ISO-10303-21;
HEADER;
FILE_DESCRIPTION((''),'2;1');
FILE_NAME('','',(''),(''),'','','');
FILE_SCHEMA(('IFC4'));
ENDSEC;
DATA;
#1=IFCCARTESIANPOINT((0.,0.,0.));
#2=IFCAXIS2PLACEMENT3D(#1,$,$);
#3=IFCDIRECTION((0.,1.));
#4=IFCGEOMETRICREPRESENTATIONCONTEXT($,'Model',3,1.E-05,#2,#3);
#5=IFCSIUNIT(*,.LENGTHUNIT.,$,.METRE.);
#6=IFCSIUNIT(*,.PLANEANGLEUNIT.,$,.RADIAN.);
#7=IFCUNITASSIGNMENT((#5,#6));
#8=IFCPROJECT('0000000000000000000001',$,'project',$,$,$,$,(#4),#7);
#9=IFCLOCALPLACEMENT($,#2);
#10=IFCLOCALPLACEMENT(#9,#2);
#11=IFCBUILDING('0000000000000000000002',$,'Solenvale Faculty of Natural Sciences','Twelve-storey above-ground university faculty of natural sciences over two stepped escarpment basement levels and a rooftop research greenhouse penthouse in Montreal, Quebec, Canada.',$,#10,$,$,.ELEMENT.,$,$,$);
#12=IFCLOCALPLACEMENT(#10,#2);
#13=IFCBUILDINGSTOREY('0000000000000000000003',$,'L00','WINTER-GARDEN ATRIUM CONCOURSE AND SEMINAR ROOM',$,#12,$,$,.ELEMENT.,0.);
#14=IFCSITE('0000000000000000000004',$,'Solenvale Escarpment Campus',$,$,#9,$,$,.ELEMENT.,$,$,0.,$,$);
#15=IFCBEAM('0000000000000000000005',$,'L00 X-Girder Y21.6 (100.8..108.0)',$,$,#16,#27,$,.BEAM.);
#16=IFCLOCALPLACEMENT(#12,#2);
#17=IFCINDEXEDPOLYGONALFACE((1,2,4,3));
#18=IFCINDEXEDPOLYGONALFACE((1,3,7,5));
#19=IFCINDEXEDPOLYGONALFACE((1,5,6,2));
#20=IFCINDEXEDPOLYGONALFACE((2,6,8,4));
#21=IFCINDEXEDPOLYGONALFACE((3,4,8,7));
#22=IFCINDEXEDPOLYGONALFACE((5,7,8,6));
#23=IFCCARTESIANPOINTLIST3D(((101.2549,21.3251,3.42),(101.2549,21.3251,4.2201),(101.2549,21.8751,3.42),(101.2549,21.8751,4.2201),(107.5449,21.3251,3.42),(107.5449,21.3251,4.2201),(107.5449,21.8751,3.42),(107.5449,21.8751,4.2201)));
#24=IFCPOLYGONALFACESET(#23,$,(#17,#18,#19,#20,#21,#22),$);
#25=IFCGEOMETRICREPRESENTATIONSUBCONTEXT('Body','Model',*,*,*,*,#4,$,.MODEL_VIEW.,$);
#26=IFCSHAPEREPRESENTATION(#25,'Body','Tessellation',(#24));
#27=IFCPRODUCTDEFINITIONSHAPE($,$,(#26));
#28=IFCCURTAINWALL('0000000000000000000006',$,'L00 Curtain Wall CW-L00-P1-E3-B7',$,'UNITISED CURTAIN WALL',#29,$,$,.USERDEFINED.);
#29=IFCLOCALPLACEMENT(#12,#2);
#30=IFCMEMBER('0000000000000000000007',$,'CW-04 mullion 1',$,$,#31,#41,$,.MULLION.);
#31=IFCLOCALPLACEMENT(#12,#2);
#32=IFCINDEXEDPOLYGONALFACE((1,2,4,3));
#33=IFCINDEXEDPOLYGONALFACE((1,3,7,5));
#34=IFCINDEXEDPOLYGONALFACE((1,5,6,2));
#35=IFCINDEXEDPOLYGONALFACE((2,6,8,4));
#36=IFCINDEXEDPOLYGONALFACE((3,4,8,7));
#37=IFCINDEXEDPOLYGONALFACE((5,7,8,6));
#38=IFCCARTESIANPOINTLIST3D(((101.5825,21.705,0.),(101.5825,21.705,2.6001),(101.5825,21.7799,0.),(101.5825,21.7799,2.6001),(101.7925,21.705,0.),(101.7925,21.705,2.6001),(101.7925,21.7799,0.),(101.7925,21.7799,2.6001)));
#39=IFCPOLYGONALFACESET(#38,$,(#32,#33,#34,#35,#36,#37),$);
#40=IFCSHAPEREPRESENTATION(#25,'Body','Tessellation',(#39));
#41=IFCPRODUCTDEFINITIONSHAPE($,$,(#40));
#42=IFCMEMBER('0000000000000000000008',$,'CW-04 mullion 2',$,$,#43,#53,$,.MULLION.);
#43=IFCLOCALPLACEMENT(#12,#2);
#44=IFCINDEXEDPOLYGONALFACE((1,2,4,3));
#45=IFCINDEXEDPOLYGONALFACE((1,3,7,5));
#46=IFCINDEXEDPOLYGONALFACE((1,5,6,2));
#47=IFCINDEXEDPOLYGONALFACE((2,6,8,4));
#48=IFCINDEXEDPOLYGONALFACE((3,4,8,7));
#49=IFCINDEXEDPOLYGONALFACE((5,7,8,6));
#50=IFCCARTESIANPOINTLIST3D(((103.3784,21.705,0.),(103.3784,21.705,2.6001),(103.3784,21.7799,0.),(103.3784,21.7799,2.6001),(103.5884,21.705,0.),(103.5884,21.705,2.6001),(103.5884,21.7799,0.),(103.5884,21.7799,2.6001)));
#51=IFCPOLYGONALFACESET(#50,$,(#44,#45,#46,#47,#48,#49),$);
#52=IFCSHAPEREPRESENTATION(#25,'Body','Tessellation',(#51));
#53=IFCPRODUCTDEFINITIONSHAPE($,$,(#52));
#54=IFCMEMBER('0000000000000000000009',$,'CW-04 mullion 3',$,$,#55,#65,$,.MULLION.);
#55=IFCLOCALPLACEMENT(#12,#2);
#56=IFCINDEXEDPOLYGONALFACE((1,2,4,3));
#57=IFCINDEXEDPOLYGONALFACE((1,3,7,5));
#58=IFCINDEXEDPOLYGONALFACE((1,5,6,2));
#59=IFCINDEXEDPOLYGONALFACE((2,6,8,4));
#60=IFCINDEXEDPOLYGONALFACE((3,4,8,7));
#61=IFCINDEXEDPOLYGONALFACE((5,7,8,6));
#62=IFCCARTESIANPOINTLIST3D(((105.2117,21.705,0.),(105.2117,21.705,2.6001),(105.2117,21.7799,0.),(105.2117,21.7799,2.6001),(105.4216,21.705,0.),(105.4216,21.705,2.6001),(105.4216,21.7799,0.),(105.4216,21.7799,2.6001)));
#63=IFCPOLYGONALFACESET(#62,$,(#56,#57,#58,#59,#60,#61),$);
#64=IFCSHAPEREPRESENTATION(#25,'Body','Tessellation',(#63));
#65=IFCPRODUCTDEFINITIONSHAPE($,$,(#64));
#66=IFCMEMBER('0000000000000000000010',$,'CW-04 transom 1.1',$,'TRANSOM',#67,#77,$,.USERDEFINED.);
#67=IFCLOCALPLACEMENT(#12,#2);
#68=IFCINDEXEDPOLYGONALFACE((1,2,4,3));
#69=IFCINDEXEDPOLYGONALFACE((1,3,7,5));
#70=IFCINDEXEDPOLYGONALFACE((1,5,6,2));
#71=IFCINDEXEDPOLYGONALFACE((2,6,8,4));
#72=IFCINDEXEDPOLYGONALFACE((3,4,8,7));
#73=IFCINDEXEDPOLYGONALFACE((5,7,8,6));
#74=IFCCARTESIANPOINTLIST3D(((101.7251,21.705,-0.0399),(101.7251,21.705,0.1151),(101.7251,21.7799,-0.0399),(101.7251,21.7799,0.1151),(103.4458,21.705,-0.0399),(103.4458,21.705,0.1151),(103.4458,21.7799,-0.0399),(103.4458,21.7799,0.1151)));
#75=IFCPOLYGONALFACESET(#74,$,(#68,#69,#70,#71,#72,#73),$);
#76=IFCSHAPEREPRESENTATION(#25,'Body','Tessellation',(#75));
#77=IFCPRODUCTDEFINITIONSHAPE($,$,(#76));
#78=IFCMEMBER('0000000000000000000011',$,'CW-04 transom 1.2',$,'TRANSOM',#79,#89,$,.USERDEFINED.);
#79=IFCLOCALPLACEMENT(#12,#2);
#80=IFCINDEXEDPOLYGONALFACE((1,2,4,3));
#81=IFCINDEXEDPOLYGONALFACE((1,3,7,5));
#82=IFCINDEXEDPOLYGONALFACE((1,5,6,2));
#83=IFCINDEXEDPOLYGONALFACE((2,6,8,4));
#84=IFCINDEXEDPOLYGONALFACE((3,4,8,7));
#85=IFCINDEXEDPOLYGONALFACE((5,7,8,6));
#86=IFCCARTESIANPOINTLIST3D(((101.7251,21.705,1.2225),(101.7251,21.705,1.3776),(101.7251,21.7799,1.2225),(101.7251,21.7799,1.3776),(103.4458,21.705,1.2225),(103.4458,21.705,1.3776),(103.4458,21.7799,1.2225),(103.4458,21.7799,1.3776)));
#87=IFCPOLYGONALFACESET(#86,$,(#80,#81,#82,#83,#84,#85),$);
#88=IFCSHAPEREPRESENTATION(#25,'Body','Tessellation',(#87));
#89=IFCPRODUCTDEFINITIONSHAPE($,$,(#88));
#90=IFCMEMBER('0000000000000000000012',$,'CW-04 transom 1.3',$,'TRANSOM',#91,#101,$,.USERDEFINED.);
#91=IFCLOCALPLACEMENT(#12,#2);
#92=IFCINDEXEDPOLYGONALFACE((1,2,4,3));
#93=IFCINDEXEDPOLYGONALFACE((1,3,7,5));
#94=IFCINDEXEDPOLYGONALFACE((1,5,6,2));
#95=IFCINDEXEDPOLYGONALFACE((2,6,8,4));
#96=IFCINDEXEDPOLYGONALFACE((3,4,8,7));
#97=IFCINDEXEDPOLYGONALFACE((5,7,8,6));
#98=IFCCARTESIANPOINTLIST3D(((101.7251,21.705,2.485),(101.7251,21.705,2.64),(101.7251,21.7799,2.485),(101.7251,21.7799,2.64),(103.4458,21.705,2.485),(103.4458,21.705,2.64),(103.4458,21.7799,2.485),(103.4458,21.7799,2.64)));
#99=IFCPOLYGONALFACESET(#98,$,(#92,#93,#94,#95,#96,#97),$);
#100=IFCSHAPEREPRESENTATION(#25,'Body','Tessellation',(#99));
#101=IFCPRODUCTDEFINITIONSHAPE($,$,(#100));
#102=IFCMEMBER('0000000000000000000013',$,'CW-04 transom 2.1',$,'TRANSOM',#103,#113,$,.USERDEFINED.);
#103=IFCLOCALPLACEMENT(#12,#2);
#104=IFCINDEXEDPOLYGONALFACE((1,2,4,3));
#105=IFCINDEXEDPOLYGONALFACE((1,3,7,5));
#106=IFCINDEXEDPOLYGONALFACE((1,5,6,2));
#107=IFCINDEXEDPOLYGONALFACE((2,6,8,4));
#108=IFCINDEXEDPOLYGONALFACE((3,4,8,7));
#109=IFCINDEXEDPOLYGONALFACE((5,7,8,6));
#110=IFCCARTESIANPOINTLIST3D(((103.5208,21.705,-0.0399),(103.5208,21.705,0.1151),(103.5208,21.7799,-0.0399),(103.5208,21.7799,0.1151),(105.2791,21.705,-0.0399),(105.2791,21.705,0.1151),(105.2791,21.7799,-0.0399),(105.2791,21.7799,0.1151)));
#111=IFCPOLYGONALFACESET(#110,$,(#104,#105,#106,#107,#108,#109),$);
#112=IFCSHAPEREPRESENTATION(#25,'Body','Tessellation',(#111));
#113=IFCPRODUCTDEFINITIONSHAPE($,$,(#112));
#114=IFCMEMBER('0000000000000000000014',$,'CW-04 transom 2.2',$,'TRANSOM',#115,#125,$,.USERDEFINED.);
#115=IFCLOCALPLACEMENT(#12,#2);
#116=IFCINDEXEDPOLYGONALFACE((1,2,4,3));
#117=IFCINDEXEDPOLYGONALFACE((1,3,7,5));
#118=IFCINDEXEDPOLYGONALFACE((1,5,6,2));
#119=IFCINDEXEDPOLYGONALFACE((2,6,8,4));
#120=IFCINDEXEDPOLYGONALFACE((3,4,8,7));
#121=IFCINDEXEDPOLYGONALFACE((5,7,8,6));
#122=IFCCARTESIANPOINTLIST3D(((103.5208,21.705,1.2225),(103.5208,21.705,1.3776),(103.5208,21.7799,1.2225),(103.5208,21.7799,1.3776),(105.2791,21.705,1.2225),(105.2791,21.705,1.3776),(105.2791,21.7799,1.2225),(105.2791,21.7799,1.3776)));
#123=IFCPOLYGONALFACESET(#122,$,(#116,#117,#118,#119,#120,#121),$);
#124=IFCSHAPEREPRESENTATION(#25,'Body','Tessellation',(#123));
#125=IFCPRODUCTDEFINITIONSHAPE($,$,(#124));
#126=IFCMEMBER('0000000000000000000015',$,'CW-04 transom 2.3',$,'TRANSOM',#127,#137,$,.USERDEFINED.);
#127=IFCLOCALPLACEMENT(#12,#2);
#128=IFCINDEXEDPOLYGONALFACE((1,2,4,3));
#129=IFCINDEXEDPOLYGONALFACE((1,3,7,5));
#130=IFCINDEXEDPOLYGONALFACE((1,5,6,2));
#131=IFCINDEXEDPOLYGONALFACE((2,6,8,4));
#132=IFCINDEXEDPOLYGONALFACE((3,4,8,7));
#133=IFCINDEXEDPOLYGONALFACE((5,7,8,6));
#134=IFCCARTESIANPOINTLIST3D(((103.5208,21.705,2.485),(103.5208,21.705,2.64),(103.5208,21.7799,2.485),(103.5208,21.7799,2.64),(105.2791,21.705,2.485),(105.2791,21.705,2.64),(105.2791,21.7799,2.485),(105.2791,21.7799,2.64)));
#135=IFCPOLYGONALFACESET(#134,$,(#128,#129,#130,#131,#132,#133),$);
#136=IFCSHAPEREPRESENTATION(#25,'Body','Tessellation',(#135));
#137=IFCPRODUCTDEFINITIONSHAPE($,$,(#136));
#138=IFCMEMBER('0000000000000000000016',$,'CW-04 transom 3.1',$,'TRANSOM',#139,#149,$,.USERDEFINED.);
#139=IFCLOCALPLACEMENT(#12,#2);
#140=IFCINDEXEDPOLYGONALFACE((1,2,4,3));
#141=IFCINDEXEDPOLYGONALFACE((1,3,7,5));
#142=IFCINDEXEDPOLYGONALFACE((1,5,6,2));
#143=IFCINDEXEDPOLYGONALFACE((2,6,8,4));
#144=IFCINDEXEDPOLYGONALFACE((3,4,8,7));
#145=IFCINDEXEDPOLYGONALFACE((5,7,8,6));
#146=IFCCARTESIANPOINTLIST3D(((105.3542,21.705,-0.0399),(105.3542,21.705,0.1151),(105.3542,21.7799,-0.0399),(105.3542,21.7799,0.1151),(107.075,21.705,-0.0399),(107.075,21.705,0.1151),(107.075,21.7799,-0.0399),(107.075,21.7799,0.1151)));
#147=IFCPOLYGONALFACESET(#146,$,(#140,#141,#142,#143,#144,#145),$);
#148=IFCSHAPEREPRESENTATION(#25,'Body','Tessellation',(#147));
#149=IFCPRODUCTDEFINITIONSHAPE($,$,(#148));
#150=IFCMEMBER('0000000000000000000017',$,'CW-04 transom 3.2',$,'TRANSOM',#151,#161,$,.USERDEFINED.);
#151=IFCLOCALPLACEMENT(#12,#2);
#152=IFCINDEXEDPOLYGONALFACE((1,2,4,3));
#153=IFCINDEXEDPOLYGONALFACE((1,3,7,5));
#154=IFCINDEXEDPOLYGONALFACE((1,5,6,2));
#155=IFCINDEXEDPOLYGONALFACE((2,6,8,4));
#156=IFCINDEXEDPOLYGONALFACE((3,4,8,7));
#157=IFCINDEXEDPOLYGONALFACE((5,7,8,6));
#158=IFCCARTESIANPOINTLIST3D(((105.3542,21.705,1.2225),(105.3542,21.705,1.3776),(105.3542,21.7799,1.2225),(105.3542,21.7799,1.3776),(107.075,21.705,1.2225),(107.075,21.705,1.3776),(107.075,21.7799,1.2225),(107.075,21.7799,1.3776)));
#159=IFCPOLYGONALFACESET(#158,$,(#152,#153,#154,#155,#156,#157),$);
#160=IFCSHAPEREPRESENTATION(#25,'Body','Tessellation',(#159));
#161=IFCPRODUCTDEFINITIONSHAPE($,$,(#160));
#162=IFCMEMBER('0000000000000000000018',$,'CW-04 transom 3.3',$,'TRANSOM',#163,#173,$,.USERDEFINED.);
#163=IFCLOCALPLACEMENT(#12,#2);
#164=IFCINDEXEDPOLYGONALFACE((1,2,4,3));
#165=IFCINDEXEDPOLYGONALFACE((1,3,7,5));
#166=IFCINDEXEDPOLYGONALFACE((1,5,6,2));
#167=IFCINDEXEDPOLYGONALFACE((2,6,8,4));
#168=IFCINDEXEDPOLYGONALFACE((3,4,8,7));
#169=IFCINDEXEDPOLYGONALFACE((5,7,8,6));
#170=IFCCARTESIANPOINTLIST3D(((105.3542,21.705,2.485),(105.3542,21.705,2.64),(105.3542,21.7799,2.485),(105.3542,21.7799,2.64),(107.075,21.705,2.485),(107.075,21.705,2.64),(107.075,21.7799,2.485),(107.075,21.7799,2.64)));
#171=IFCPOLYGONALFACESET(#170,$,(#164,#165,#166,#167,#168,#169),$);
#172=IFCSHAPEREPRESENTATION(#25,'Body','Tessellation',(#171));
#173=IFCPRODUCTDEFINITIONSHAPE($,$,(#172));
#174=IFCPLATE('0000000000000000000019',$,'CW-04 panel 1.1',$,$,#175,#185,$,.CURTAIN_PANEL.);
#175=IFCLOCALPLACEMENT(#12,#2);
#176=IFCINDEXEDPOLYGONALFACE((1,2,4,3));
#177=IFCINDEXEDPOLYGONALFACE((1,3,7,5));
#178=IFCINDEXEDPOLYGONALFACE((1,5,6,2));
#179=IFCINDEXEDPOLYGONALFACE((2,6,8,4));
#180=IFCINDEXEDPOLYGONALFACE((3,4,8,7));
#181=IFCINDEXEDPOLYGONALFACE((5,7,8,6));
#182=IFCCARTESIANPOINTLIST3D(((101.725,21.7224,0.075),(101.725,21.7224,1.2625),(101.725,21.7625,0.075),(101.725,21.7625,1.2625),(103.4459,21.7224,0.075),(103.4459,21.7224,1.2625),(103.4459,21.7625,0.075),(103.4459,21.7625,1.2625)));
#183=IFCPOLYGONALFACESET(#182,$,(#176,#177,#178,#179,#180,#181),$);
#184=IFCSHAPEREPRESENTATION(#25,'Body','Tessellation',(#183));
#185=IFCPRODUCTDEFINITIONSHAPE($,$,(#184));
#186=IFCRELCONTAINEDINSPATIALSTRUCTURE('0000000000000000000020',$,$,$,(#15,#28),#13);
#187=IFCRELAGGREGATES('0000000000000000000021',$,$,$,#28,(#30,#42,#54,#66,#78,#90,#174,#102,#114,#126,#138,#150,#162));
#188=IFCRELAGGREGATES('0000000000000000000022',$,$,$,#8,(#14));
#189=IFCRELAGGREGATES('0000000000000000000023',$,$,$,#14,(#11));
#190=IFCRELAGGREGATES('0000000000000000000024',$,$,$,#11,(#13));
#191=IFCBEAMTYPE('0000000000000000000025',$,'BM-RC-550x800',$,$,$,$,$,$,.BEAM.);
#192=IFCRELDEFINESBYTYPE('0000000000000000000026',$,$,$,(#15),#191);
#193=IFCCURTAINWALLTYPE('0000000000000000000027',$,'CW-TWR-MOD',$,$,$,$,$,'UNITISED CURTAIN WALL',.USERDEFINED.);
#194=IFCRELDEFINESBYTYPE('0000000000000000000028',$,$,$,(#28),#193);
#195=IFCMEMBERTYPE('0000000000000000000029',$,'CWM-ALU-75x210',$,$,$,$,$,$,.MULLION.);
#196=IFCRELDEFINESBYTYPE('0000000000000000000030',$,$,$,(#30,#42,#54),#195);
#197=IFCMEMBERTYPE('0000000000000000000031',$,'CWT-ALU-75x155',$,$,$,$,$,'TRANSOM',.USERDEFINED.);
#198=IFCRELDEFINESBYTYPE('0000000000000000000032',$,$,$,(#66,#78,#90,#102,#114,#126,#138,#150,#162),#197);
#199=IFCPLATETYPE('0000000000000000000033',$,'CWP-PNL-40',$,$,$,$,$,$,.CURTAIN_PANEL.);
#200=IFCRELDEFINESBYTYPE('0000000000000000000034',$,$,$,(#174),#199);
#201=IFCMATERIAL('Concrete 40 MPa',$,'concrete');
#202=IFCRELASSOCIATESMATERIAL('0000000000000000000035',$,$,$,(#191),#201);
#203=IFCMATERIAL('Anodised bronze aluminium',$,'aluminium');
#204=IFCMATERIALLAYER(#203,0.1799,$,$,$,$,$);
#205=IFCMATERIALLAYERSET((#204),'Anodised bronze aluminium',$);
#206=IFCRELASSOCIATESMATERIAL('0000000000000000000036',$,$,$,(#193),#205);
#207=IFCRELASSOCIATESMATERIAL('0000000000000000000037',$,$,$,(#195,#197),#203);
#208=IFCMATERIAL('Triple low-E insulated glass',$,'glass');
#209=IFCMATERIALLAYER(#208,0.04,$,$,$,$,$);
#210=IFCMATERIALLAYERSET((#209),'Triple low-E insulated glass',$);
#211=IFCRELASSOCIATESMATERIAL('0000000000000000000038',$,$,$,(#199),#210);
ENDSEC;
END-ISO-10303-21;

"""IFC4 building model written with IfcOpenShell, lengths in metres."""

from ifc_helpers import new_model, si_unit, direction, frame, origin, origin_2d, place, context, subcontext, project, spatial, rectangle, extrude, material, layer, layer_set, material_profile, profile_set, type_object, element, aggregate, save


model = new_model("IFC4")

# Units and contexts
model_context = context("Model", 3, precision=1e-05, world=origin(), true_north=direction((0.0, 1.0)))
body_context = subcontext(model_context, "Body", "Model", "MODEL_VIEW")
ifc_project = project(units=[si_unit("LENGTHUNIT", "METRE"), si_unit("PLANEANGLEUNIT", "RADIAN")], contexts=[model_context])

# Site, building, storey
site_placement = place(None, origin())
site = spatial("IfcSite", under=ifc_project, at=site_placement, Name="Solenvale Escarpment Campus", CompositionType="ELEMENT", RefElevation=0.0)
building_placement = place(site_placement, origin())
building = spatial("IfcBuilding", under=site, at=building_placement, Name="Solenvale Faculty of Natural Sciences", Description="Twelve-storey above-ground university faculty of natural sciences over two stepped escarpment basement levels and a rooftop research greenhouse penthouse in Montreal, Quebec, Canada.", CompositionType="ELEMENT")
storey_placement = place(building_placement, origin())
storey = spatial("IfcBuildingStorey", under=building, at=storey_placement, Name="L00", Description="WINTER-GARDEN ATRIUM CONCOURSE AND SEMINAR ROOM", CompositionType="ELEMENT", Elevation=0.0)

# Beam
ifc_material_1 = material(Name="Concrete 40 MPa", Category="concrete")
ifc_material_profile_1 = material_profile(ifc_material_1, rectangle(XDim=0.55, YDim=0.8, at=origin_2d()), Name="RC-BM-550x800")
ifc_profile_set_1 = profile_set([ifc_material_profile_1], Name="Concrete 40 MPa")
beam_type = type_object("IfcBeamType", Name="BM-RC-550x800", PredefinedType="BEAM", material=ifc_profile_set_1)
beam_placement = place(storey_placement, frame((101.2549, 21.6001, 3.8201), z_axis=(1.0, 0.0, 0.0), x_axis=(0.0, 1.0, 0.0)))
element("IfcBeam", 1, at=beam_placement, inside=storey, type_object=beam_type, Name="L00 X-Girder Y21.6 (100.8..108.0)", PredefinedType="BEAM", context=body_context, shape_type="SweptSolid", body=[
    extrude(rectangle(XDim=0.55, YDim=0.8, at=origin_2d()), origin(), (0.0, 0.0, 1.0), 6.29),
])

# Curtain wall, members, plate
ifc_material_2 = material(Name="Anodised bronze aluminium", Category="aluminium")
ifc_layer_1 = layer(ifc_material_2, 0.1799)
ifc_layer_set_1 = layer_set([ifc_layer_1], Name="Anodised bronze aluminium")
curtain_wall_type = type_object("IfcCurtainWallType", Name="CW-TWR-MOD", ElementType="UNITISED CURTAIN WALL", PredefinedType="USERDEFINED", material=ifc_layer_set_1)
curtain_wall_placement = place(storey_placement, origin())
curtain_wall = element("IfcCurtainWall", 2, at=curtain_wall_placement, inside=storey, type_object=curtain_wall_type, Name="L00 Curtain Wall CW-L00-P1-E3-B7", ObjectType="UNITISED CURTAIN WALL", PredefinedType="USERDEFINED")
ifc_material_profile_2 = material_profile(ifc_material_2, rectangle(XDim=0.075, YDim=0.21, at=origin_2d()), Name="ALU-MUL-75x210")
ifc_profile_set_2 = profile_set([ifc_material_profile_2], Name="Anodised bronze aluminium")
member_type_1 = type_object("IfcMemberType", Name="CWM-ALU-75x210", PredefinedType="MULLION", material=ifc_profile_set_2)
member_1_placement = place(storey_placement, frame((101.6875, 21.7424, 0.0), z_axis=(0.0, 0.0, 1.0), x_axis=(0.0, 1.0, 0.0)))
member_1 = element("IfcMember", 3, at=member_1_placement, type_object=member_type_1, Name="CW-04 mullion 1", PredefinedType="MULLION", context=body_context, shape_type="SweptSolid", body=[
    extrude(rectangle(XDim=0.075, YDim=0.21, at=origin_2d()), origin(), (0.0, 0.0, 1.0), 2.6001),
])
member_2_placement = place(storey_placement, frame((103.4834, 21.7424, 0.0), z_axis=(0.0, 0.0, 1.0), x_axis=(0.0, 1.0, 0.0)))
member_2 = element("IfcMember", 4, at=member_2_placement, type_object=member_type_1, Name="CW-04 mullion 2", PredefinedType="MULLION", context=body_context, shape_type="SweptSolid", body=[
    extrude(rectangle(XDim=0.075, YDim=0.21, at=origin_2d()), origin(), (0.0, 0.0, 1.0), 2.6001),
])
member_3_placement = place(storey_placement, frame((105.3167, 21.7424, 0.0), z_axis=(0.0, 0.0, 1.0), x_axis=(0.0, 1.0, 0.0)))
member_3 = element("IfcMember", 5, at=member_3_placement, type_object=member_type_1, Name="CW-04 mullion 3", PredefinedType="MULLION", context=body_context, shape_type="SweptSolid", body=[
    extrude(rectangle(XDim=0.075, YDim=0.21, at=origin_2d()), origin(), (0.0, 0.0, 1.0), 2.6001),
])
ifc_material_profile_3 = material_profile(ifc_material_2, rectangle(XDim=0.075, YDim=0.155, at=origin_2d()), Name="ALU-TRN-75x155")
ifc_profile_set_3 = profile_set([ifc_material_profile_3], Name="Anodised bronze aluminium")
member_type_2 = type_object("IfcMemberType", Name="CWT-ALU-75x155", ElementType="TRANSOM", PredefinedType="USERDEFINED", material=ifc_profile_set_3)
member_4_placement = place(storey_placement, frame((101.7251, 21.7424, 0.0376), z_axis=(1.0, 0.0, 0.0), x_axis=(0.0, 1.0, 0.0)))
member_4 = element("IfcMember", 6, at=member_4_placement, type_object=member_type_2, Name="CW-04 transom 1.1", ObjectType="TRANSOM", PredefinedType="USERDEFINED", context=body_context, shape_type="SweptSolid", body=[
    extrude(rectangle(XDim=0.075, YDim=0.155, at=origin_2d()), origin(), (0.0, 0.0, 1.0), 1.7207),
])
member_5_placement = place(storey_placement, frame((101.7251, 21.7424, 1.3), z_axis=(1.0, 0.0, 0.0), x_axis=(0.0, 1.0, 0.0)))
member_5 = element("IfcMember", 7, at=member_5_placement, type_object=member_type_2, Name="CW-04 transom 1.2", ObjectType="TRANSOM", PredefinedType="USERDEFINED", context=body_context, shape_type="SweptSolid", body=[
    extrude(rectangle(XDim=0.075, YDim=0.155, at=origin_2d()), origin(), (0.0, 0.0, 1.0), 1.7207),
])
member_6_placement = place(storey_placement, frame((101.7251, 21.7424, 2.5625), z_axis=(1.0, 0.0, 0.0), x_axis=(0.0, 1.0, 0.0)))
member_6 = element("IfcMember", 8, at=member_6_placement, type_object=member_type_2, Name="CW-04 transom 1.3", ObjectType="TRANSOM", PredefinedType="USERDEFINED", context=body_context, shape_type="SweptSolid", body=[
    extrude(rectangle(XDim=0.075, YDim=0.155, at=origin_2d()), origin(), (0.0, 0.0, 1.0), 1.7207),
])
member_7_placement = place(storey_placement, frame((103.5208, 21.7424, 0.0376), z_axis=(1.0, 0.0, 0.0), x_axis=(0.0, 1.0, 0.0)))
member_7 = element("IfcMember", 9, at=member_7_placement, type_object=member_type_2, Name="CW-04 transom 2.1", ObjectType="TRANSOM", PredefinedType="USERDEFINED", context=body_context, shape_type="SweptSolid", body=[
    extrude(rectangle(XDim=0.075, YDim=0.155, at=origin_2d()), origin(), (0.0, 0.0, 1.0), 1.7583),
])
member_8_placement = place(storey_placement, frame((103.5208, 21.7424, 1.3), z_axis=(1.0, 0.0, 0.0), x_axis=(0.0, 1.0, 0.0)))
member_8 = element("IfcMember", 10, at=member_8_placement, type_object=member_type_2, Name="CW-04 transom 2.2", ObjectType="TRANSOM", PredefinedType="USERDEFINED", context=body_context, shape_type="SweptSolid", body=[
    extrude(rectangle(XDim=0.075, YDim=0.155, at=origin_2d()), origin(), (0.0, 0.0, 1.0), 1.7583),
])
member_9_placement = place(storey_placement, frame((103.5208, 21.7424, 2.5625), z_axis=(1.0, 0.0, 0.0), x_axis=(0.0, 1.0, 0.0)))
member_9 = element("IfcMember", 11, at=member_9_placement, type_object=member_type_2, Name="CW-04 transom 2.3", ObjectType="TRANSOM", PredefinedType="USERDEFINED", context=body_context, shape_type="SweptSolid", body=[
    extrude(rectangle(XDim=0.075, YDim=0.155, at=origin_2d()), origin(), (0.0, 0.0, 1.0), 1.7583),
])
member_10_placement = place(storey_placement, frame((105.3542, 21.7424, 0.0376), z_axis=(1.0, 0.0, 0.0), x_axis=(0.0, 1.0, 0.0)))
member_10 = element("IfcMember", 12, at=member_10_placement, type_object=member_type_2, Name="CW-04 transom 3.1", ObjectType="TRANSOM", PredefinedType="USERDEFINED", context=body_context, shape_type="SweptSolid", body=[
    extrude(rectangle(XDim=0.075, YDim=0.155, at=origin_2d()), origin(), (0.0, 0.0, 1.0), 1.7207),
])
member_11_placement = place(storey_placement, frame((105.3542, 21.7424, 1.3), z_axis=(1.0, 0.0, 0.0), x_axis=(0.0, 1.0, 0.0)))
member_11 = element("IfcMember", 13, at=member_11_placement, type_object=member_type_2, Name="CW-04 transom 3.2", ObjectType="TRANSOM", PredefinedType="USERDEFINED", context=body_context, shape_type="SweptSolid", body=[
    extrude(rectangle(XDim=0.075, YDim=0.155, at=origin_2d()), origin(), (0.0, 0.0, 1.0), 1.7207),
])
member_12_placement = place(storey_placement, frame((105.3542, 21.7424, 2.5625), z_axis=(1.0, 0.0, 0.0), x_axis=(0.0, 1.0, 0.0)))
member_12 = element("IfcMember", 14, at=member_12_placement, type_object=member_type_2, Name="CW-04 transom 3.3", ObjectType="TRANSOM", PredefinedType="USERDEFINED", context=body_context, shape_type="SweptSolid", body=[
    extrude(rectangle(XDim=0.075, YDim=0.155, at=origin_2d()), origin(), (0.0, 0.0, 1.0), 1.7207),
])
ifc_material_3 = material(Name="Triple low-E insulated glass", Category="glass")
ifc_layer_2 = layer(ifc_material_3, 0.04)
ifc_layer_set_2 = layer_set([ifc_layer_2], Name="Triple low-E insulated glass")
plate_type = type_object("IfcPlateType", Name="CWP-PNL-40", PredefinedType="CURTAIN_PANEL", material=ifc_layer_set_2)
plate_1_placement = place(storey_placement, frame((102.5854, 21.7424, 0.075), z_axis=(0.0, 0.0, 1.0), x_axis=(1.0, 0.0, 0.0)))
plate_1 = element("IfcPlate", 15, at=plate_1_placement, type_object=plate_type, Name="CW-04 panel 1.1", PredefinedType="CURTAIN_PANEL", context=body_context, shape_type="SweptSolid", body=[
    extrude(rectangle(XDim=1.7209, YDim=0.04, at=origin_2d()), origin(), (0.0, 0.0, 1.0), 1.1875),
])
aggregate(curtain_wall, [member_1, member_2, member_3, member_4, member_5, member_6, plate_1, member_7, member_8, member_9, member_10, member_11, member_12])

save(model, "model.ifc")
